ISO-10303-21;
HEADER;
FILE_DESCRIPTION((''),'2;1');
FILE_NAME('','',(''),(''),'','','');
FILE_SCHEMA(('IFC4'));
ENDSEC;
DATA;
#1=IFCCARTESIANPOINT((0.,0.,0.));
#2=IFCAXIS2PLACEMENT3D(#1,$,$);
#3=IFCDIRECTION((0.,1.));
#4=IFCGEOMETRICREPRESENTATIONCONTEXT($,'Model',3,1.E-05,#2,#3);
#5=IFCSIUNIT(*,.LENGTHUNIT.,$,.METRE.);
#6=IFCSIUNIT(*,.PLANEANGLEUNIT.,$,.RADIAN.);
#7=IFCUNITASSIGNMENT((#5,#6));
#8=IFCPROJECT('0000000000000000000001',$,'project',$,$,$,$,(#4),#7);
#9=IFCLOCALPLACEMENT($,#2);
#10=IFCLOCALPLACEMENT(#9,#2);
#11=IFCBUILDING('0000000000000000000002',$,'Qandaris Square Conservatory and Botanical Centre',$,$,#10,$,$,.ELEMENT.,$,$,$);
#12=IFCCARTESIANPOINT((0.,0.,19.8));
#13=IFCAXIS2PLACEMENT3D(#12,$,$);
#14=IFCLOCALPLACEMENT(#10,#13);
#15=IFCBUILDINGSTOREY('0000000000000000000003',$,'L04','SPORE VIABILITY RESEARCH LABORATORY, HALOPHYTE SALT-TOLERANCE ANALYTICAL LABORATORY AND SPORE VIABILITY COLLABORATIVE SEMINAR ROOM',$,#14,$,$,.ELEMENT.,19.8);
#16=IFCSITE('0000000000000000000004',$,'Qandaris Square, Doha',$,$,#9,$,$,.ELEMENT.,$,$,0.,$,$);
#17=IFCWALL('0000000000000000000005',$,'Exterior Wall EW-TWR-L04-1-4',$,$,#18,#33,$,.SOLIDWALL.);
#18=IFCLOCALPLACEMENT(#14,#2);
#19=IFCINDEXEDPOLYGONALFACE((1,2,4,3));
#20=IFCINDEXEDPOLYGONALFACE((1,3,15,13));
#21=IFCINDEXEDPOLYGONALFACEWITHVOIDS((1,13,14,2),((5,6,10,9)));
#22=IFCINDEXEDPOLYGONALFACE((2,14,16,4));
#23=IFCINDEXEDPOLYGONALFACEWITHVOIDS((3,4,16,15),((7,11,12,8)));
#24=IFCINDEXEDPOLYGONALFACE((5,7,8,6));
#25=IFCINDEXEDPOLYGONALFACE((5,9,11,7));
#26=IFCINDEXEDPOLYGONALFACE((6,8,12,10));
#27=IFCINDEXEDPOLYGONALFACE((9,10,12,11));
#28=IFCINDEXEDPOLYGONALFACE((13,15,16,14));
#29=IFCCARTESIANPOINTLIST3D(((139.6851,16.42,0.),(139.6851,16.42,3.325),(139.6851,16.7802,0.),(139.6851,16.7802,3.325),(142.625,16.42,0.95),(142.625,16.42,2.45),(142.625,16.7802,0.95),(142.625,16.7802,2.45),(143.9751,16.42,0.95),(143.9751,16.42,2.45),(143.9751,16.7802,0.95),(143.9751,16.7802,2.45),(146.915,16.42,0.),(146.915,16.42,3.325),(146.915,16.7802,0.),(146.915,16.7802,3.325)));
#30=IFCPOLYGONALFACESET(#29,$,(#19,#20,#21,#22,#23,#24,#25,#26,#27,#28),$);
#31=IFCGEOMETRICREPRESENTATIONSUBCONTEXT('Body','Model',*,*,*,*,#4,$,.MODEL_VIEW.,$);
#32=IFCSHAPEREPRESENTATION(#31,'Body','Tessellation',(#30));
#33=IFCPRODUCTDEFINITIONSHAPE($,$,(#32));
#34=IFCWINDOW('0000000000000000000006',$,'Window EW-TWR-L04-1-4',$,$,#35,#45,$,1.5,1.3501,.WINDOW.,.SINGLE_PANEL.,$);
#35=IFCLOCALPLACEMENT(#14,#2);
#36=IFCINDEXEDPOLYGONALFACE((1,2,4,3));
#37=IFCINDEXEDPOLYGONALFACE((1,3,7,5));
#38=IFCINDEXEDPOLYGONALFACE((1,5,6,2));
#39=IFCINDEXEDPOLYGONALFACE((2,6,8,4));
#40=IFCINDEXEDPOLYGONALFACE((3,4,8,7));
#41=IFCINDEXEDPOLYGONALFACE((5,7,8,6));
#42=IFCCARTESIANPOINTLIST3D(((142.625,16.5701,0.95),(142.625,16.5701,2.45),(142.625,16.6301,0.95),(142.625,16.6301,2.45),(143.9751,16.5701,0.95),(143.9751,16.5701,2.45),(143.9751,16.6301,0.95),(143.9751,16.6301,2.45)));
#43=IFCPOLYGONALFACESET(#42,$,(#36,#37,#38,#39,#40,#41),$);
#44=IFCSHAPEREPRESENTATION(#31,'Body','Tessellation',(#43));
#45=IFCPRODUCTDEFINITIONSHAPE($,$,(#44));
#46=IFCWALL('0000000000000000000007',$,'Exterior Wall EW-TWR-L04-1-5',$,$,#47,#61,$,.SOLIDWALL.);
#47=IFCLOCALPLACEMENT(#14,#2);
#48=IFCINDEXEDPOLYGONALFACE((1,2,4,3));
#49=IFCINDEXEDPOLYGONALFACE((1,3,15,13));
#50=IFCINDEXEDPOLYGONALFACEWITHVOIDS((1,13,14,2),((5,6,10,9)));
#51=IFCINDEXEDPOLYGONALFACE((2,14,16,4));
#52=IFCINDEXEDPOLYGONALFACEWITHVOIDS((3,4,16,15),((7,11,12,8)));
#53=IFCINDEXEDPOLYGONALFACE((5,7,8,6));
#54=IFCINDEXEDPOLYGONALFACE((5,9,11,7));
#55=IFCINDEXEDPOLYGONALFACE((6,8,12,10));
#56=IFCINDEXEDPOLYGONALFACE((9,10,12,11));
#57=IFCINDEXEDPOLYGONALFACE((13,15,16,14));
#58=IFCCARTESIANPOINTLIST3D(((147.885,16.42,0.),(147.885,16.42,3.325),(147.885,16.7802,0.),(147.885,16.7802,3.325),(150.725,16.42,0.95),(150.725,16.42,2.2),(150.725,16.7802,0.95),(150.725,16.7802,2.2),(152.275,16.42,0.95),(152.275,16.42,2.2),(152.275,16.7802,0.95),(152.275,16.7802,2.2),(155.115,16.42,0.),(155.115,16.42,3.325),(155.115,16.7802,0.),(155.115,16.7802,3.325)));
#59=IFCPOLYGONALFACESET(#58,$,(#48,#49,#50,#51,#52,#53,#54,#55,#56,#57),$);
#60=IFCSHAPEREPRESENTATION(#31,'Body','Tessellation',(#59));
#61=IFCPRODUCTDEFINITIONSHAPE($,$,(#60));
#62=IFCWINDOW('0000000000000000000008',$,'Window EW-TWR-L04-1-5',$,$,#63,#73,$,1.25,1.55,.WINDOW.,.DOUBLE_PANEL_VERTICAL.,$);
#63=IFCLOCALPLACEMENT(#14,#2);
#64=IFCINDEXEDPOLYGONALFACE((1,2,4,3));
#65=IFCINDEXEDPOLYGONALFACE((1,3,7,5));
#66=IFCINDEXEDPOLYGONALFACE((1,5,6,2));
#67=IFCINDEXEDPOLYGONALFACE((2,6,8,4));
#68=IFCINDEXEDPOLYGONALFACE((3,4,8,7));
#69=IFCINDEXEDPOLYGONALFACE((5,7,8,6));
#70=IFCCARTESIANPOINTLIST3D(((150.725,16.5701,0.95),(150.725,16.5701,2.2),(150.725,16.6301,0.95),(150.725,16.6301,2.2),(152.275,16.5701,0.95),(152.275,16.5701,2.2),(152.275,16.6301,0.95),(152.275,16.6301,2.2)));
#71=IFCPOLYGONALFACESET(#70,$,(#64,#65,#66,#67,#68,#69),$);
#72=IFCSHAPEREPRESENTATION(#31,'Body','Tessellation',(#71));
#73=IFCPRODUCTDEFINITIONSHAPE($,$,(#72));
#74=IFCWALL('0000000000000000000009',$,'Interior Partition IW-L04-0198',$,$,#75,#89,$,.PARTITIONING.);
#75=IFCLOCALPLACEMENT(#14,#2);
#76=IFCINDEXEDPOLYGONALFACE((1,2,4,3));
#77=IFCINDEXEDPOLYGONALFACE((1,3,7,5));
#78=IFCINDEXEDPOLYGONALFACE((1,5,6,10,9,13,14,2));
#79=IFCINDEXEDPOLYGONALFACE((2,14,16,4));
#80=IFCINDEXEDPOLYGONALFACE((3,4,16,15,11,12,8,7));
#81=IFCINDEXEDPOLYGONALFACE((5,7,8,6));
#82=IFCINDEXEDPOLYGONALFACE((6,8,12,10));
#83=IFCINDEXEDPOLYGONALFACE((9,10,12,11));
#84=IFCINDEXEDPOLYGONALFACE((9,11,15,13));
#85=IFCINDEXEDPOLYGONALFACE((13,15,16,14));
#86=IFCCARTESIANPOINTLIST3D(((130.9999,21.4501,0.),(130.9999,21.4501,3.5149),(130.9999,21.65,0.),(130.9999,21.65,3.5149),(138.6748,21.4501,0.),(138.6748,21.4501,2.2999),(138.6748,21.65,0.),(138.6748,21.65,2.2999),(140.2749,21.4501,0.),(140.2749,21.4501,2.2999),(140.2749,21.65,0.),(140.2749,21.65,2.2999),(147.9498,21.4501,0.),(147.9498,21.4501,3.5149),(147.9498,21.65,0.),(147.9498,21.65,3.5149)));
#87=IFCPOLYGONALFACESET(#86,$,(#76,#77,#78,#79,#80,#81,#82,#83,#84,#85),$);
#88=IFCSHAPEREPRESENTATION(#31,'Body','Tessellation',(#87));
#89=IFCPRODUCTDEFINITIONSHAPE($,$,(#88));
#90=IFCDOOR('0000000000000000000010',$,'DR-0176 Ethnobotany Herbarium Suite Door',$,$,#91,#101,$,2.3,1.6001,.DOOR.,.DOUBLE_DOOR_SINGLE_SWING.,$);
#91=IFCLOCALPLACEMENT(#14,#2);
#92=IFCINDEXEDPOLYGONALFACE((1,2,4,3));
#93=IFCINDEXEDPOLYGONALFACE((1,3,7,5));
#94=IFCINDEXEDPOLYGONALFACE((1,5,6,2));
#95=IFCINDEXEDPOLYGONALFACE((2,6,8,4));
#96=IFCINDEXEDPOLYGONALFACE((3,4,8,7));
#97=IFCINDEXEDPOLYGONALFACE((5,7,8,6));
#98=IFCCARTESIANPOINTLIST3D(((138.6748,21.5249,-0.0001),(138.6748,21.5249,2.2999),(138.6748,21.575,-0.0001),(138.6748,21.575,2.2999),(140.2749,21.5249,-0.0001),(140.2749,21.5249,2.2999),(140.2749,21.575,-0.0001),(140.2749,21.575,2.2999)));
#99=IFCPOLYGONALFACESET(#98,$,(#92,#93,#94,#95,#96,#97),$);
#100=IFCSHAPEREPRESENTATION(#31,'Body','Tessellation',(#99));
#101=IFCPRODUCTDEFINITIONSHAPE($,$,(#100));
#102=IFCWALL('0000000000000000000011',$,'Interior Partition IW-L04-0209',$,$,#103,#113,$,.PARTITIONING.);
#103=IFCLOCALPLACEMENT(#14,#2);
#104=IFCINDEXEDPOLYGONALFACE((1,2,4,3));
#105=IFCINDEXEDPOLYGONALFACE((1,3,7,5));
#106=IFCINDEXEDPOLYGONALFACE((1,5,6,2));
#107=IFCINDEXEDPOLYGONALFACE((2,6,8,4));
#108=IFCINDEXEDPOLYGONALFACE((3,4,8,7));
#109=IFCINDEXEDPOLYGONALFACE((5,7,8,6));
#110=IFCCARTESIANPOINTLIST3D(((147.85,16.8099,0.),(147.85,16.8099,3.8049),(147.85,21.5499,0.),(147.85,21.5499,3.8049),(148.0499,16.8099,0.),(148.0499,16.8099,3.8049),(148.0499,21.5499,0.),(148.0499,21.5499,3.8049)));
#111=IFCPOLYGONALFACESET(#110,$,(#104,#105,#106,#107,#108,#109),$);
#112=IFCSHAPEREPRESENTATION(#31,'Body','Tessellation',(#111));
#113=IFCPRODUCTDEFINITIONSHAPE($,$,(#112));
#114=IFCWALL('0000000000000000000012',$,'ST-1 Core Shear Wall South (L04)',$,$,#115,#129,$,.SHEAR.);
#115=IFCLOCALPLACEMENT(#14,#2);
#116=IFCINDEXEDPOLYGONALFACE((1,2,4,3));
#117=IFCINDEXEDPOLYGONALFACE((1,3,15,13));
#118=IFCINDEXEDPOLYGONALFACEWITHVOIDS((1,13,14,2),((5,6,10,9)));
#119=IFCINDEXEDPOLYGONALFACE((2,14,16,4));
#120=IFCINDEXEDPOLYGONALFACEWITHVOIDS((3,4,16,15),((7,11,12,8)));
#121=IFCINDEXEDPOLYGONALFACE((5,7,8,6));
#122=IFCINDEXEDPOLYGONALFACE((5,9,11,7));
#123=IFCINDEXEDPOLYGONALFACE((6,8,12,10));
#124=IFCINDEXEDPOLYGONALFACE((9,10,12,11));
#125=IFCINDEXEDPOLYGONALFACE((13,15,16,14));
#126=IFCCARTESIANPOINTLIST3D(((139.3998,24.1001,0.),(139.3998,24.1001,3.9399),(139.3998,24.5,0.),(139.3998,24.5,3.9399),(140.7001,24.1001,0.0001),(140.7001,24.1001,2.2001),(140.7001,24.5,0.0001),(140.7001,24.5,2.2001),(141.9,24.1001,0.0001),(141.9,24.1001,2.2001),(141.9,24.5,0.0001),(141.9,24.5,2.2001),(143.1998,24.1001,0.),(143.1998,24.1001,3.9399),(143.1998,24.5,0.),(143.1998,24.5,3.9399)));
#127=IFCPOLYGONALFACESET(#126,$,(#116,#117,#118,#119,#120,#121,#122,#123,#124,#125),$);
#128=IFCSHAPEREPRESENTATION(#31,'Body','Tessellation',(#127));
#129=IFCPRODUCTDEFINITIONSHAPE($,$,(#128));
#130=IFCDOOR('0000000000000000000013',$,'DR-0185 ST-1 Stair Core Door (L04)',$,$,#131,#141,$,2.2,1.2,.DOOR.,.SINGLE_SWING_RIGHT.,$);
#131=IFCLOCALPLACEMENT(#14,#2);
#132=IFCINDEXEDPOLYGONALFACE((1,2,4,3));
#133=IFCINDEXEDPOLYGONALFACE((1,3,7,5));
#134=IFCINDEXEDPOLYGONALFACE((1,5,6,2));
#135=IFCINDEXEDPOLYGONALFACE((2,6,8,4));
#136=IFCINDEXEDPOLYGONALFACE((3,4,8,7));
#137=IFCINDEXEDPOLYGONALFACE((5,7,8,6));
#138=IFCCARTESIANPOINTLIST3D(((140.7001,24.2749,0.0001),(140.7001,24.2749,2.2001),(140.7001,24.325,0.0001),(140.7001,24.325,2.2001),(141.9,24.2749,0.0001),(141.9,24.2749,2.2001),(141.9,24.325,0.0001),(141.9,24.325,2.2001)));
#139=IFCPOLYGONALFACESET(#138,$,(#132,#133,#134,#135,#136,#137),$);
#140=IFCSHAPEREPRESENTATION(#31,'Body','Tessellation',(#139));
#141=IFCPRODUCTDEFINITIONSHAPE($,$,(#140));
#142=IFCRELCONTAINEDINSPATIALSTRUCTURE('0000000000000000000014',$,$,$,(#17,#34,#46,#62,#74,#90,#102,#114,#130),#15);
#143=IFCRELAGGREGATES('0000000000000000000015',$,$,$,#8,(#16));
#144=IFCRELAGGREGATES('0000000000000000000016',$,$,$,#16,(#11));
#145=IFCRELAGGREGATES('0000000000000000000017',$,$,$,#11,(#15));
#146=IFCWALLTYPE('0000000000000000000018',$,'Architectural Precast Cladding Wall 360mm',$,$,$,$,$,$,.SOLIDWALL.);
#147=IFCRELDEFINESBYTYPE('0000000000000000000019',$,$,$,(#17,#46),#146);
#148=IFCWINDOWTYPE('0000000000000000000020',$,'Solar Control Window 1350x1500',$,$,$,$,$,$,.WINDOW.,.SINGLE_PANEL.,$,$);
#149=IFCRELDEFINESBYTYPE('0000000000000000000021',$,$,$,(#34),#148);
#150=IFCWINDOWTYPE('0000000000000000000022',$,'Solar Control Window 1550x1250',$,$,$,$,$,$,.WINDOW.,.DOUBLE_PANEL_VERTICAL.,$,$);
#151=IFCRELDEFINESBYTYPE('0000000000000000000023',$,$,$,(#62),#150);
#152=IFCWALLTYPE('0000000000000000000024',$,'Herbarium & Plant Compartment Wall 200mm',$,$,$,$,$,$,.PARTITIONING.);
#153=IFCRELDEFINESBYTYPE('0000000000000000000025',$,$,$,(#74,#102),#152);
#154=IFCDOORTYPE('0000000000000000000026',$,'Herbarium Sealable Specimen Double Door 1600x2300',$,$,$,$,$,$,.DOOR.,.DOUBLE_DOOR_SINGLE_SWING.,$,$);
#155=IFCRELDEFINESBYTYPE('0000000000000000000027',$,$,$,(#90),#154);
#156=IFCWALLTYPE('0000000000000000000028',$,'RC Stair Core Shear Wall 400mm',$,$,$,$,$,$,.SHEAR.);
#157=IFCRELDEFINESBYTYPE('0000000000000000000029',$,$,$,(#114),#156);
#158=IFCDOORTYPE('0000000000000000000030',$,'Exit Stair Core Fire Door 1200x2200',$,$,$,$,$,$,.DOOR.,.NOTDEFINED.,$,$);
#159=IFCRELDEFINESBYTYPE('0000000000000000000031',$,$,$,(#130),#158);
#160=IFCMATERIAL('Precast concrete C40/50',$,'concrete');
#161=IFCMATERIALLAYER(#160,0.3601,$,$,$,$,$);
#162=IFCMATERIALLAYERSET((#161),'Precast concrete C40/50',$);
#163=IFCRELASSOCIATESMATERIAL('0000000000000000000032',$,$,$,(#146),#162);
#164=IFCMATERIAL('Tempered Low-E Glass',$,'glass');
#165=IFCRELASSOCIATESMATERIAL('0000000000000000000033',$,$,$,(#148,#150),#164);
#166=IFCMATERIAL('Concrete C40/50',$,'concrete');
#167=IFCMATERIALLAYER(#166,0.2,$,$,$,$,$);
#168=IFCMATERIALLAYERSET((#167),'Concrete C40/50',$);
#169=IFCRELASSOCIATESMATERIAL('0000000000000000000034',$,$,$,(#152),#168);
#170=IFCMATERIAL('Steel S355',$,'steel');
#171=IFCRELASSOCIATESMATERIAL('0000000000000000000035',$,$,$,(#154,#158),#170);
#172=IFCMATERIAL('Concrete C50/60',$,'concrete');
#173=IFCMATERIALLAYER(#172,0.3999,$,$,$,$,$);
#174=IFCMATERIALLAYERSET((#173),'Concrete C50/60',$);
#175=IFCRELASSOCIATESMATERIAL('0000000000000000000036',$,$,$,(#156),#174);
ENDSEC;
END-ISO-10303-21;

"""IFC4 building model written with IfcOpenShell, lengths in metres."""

from ifc_helpers import new_model, si_unit, direction, frame, frame_2d, origin, place, context, subcontext, project, spatial, rectangle, extrude, material, layer, layer_set, type_object, element, fill, save


model = new_model("IFC4")

# Units and contexts
model_context = context("Model", 3, precision=1e-05, world=origin(), true_north=direction((0.0, 1.0)))
body_context = subcontext(model_context, "Body", "Model", "MODEL_VIEW")
ifc_project = project(units=[si_unit("LENGTHUNIT", "METRE"), si_unit("PLANEANGLEUNIT", "RADIAN")], contexts=[model_context])

# Site, building, storey
site_placement = place(None, origin())
site = spatial("IfcSite", under=ifc_project, at=site_placement, Name="Qandaris Square, Doha", CompositionType="ELEMENT", RefElevation=0.0)
building_placement = place(site_placement, origin())
building = spatial("IfcBuilding", under=site, at=building_placement, Name="Qandaris Square Conservatory and Botanical Centre", CompositionType="ELEMENT")
storey_placement = place(building_placement, frame((0.0, 0.0, 19.8)))
storey = spatial("IfcBuildingStorey", under=building, at=storey_placement, Name="L04", Description="SPORE VIABILITY RESEARCH LABORATORY, HALOPHYTE SALT-TOLERANCE ANALYTICAL LABORATORY AND SPORE VIABILITY COLLABORATIVE SEMINAR ROOM", CompositionType="ELEMENT", Elevation=19.8)

# Shared definitions
ifc_material_1 = material(Name="Concrete C50/60", Category="concrete")

# Shared definitions
ifc_material_2 = material(Name="Steel S355", Category="steel")

# Walls, openings, windows
ifc_material_3 = material(Name="Precast concrete C40/50", Category="concrete")
ifc_layer_1 = layer(ifc_material_3, 0.3601)
ifc_layer_set_1 = layer_set([ifc_layer_1], Name="Precast concrete C40/50")
wall_type_1 = type_object("IfcWallType", Name="Architectural Precast Cladding Wall 360mm", PredefinedType="SOLIDWALL", material=ifc_layer_set_1)
wall_1_placement = place(storey_placement, frame((139.6851, 16.6001, 0.0), z_axis=(0.0, 0.0, 1.0), x_axis=(1.0, 0.0, 0.0)))
wall_1 = element("IfcWall", 1, at=wall_1_placement, inside=storey, type_object=wall_type_1, Name="Exterior Wall EW-TWR-L04-1-4", PredefinedType="SOLIDWALL", context=body_context, shape_type="SweptSolid", body=[
    extrude(rectangle(XDim=7.23, YDim=0.3601, at=frame_2d((3.615, 0.0))), origin(), (0.0, 0.0, 1.0), 3.325),
])
opening_1_placement = place(wall_1_placement, frame((2.9399, 0.0, 0.95)))
opening_1 = element("IfcOpeningElement", 2, at=opening_1_placement, cuts=wall_1, PredefinedType="OPENING", context=body_context, shape_type="SweptSolid", body=[
    extrude(rectangle(XDim=1.3501, YDim=1.5, at=frame_2d((0.675, 0.75))), frame((0.0, 0.1919, 0.0), z_axis=(0.0, -1.0, 0.0), x_axis=(1.0, 0.0, 0.0)), (0.0, 0.0, 1.0), 0.384),
])
ifc_material_4 = material(Name="Tempered Low-E Glass", Category="glass")
window_type_1 = type_object("IfcWindowType", Name="Solar Control Window 1350x1500", PartitioningType="SINGLE_PANEL", PredefinedType="WINDOW", material=ifc_material_4)
window_1_placement = place(opening_1_placement, origin())
window_1 = element("IfcWindow", 3, at=window_1_placement, inside=storey, type_object=window_type_1, Name="Window EW-TWR-L04-1-4", OverallHeight=1.5, OverallWidth=1.3501, PartitioningType="SINGLE_PANEL", PredefinedType="WINDOW", context=body_context, shape_type="SweptSolid", body=[
    extrude(rectangle(XDim=1.3501, YDim=1.5, at=frame_2d((0.675, 0.75))), frame((0.0, 0.03, 0.0), z_axis=(0.0, -1.0, 0.0), x_axis=(1.0, 0.0, 0.0)), (0.0, 0.0, 1.0), 0.0601),
])
fill(opening_1, window_1)
wall_2_placement = place(storey_placement, frame((147.885, 16.6001, 0.0), z_axis=(0.0, 0.0, 1.0), x_axis=(1.0, 0.0, 0.0)))
wall_2 = element("IfcWall", 4, at=wall_2_placement, inside=storey, type_object=wall_type_1, Name="Exterior Wall EW-TWR-L04-1-5", PredefinedType="SOLIDWALL", context=body_context, shape_type="SweptSolid", body=[
    extrude(rectangle(XDim=7.23, YDim=0.3601, at=frame_2d((3.615, 0.0))), origin(), (0.0, 0.0, 1.0), 3.325),
])
opening_2_placement = place(wall_2_placement, frame((2.8401, 0.0, 0.95)))
opening_2 = element("IfcOpeningElement", 5, at=opening_2_placement, cuts=wall_2, PredefinedType="OPENING", context=body_context, shape_type="SweptSolid", body=[
    extrude(rectangle(XDim=1.55, YDim=1.25, at=frame_2d((0.7749, 0.625))), frame((0.0, 0.1919, 0.0), z_axis=(0.0, -1.0, 0.0), x_axis=(1.0, 0.0, 0.0)), (0.0, 0.0, 1.0), 0.384),
])
window_type_2 = type_object("IfcWindowType", Name="Solar Control Window 1550x1250", PartitioningType="DOUBLE_PANEL_VERTICAL", PredefinedType="WINDOW", material=ifc_material_4)
window_2_placement = place(opening_2_placement, origin())
window_2 = element("IfcWindow", 6, at=window_2_placement, inside=storey, type_object=window_type_2, Name="Window EW-TWR-L04-1-5", OverallHeight=1.25, OverallWidth=1.55, PartitioningType="DOUBLE_PANEL_VERTICAL", PredefinedType="WINDOW", context=body_context, shape_type="SweptSolid", body=[
    extrude(rectangle(XDim=1.55, YDim=1.25, at=frame_2d((0.7749, 0.625))), frame((0.0, 0.03, 0.0), z_axis=(0.0, -1.0, 0.0), x_axis=(1.0, 0.0, 0.0)), (0.0, 0.0, 1.0), 0.0601),
])
fill(opening_2, window_2)

# Wall, opening, door
ifc_material_5 = material(Name="Concrete C40/50", Category="concrete")
ifc_layer_2 = layer(ifc_material_5, 0.2)
ifc_layer_set_2 = layer_set([ifc_layer_2], Name="Concrete C40/50")
wall_type_2 = type_object("IfcWallType", Name="Herbarium & Plant Compartment Wall 200mm", PredefinedType="PARTITIONING", material=ifc_layer_set_2)
wall_3_placement = place(storey_placement, frame((147.95, 21.55, 0.0), z_axis=(0.0, 0.0, 1.0), x_axis=(-1.0, 0.0, 0.0)))
wall_3 = element("IfcWall", 7, at=wall_3_placement, inside=storey, type_object=wall_type_2, Name="Interior Partition IW-L04-0198", PredefinedType="PARTITIONING", context=body_context, shape_type="SweptSolid", body=[
    extrude(rectangle(XDim=16.95, YDim=0.2, at=frame_2d((8.4751, 0.0))), origin(), (0.0, 0.0, 1.0), 3.5149),
])
opening_3_placement = place(wall_3_placement, frame((7.675, 0.0, 0.0)))
opening_3 = element("IfcOpeningElement", 8, at=opening_3_placement, cuts=wall_3, PredefinedType="OPENING", context=body_context, shape_type="SweptSolid", body=[
    extrude(rectangle(XDim=1.6001, YDim=2.3, at=frame_2d((0.8, 1.1499))), frame((0.0, 0.1118, 0.0), z_axis=(0.0, -1.0, 0.0), x_axis=(1.0, 0.0, 0.0)), (0.0, 0.0, 1.0), 0.2239),
])
door_type_1 = type_object("IfcDoorType", Name="Herbarium Sealable Specimen Double Door 1600x2300", OperationType="DOUBLE_DOOR_SINGLE_SWING", PredefinedType="DOOR", material=ifc_material_2)
door_1_placement = place(opening_3_placement, frame((1.6001, 0.0, 0.0), z_axis=(0.0, 0.0, 1.0), x_axis=(-1.0, 0.0, 0.0)))
door_1 = element("IfcDoor", 9, at=door_1_placement, inside=storey, type_object=door_type_1, Name="DR-0176 Ethnobotany Herbarium Suite Door", OperationType="DOUBLE_DOOR_SINGLE_SWING", OverallHeight=2.3, OverallWidth=1.6001, PredefinedType="DOOR", context=body_context, shape_type="SweptSolid", body=[
    extrude(rectangle(XDim=1.6001, YDim=2.3, at=frame_2d((0.8, 1.1499))), frame((0.0, 0.0249, 0.0), z_axis=(0.0, -1.0, 0.0), x_axis=(1.0, 0.0, 0.0)), (0.0, 0.0, 1.0), 0.05),
])
fill(opening_3, door_1)

# Wall
wall_4_placement = place(storey_placement, frame((147.95, 21.55, 0.0), z_axis=(0.0, 0.0, 1.0), x_axis=(0.0, -1.0, 0.0)))
element("IfcWall", 10, at=wall_4_placement, inside=storey, type_object=wall_type_2, Name="Interior Partition IW-L04-0209", PredefinedType="PARTITIONING", context=body_context, shape_type="SweptSolid", body=[
    extrude(rectangle(XDim=4.74, YDim=0.2, at=frame_2d((2.3701, 0.0))), origin(), (0.0, 0.0, 1.0), 3.8049),
])

# Wall, opening, door
ifc_layer_3 = layer(ifc_material_1, 0.3999)
ifc_layer_set_3 = layer_set([ifc_layer_3], Name="Concrete C50/60")
wall_type_3 = type_object("IfcWallType", Name="RC Stair Core Shear Wall 400mm", PredefinedType="SHEAR", material=ifc_layer_set_3)
wall_5_placement = place(storey_placement, frame((139.3999, 24.3, 0.0), z_axis=(0.0, 0.0, 1.0), x_axis=(1.0, 0.0, 0.0)))
wall_5 = element("IfcWall", 11, at=wall_5_placement, inside=storey, type_object=wall_type_3, Name="ST-1 Core Shear Wall South (L04)", PredefinedType="SHEAR", context=body_context, shape_type="SweptSolid", body=[
    extrude(rectangle(XDim=3.8, YDim=0.3999, at=frame_2d((1.8999, 0.0))), origin(), (0.0, 0.0, 1.0), 3.9399),
])
opening_4_placement = place(wall_5_placement, frame((1.3, 0.0, 0.0)))
opening_4 = element("IfcOpeningElement", 12, at=opening_4_placement, cuts=wall_5, PredefinedType="OPENING", context=body_context, shape_type="SweptSolid", body=[
    extrude(rectangle(XDim=1.2, YDim=2.2, at=frame_2d((0.6001, 1.1001))), frame((0.0, 0.2119, 0.0), z_axis=(0.0, -1.0, 0.0), x_axis=(1.0, 0.0, 0.0)), (0.0, 0.0, 1.0), 0.4238),
])
door_type_2 = type_object("IfcDoorType", Name="Exit Stair Core Fire Door 1200x2200", OperationType="NOTDEFINED", PredefinedType="DOOR", material=ifc_material_2)
door_2_placement = place(opening_4_placement, origin())
door_2 = element("IfcDoor", 13, at=door_2_placement, inside=storey, type_object=door_type_2, Name="DR-0185 ST-1 Stair Core Door (L04)", OperationType="SINGLE_SWING_RIGHT", OverallHeight=2.2, OverallWidth=1.2, PredefinedType="DOOR", context=body_context, shape_type="SweptSolid", body=[
    extrude(rectangle(XDim=1.2, YDim=2.2, at=frame_2d((0.6001, 1.1001))), frame((0.0, 0.0249, 0.0), z_axis=(0.0, -1.0, 0.0), x_axis=(1.0, 0.0, 0.0)), (0.0, 0.0, 1.0), 0.05),
])
fill(opening_4, door_2)

save(model, "model.ifc")
